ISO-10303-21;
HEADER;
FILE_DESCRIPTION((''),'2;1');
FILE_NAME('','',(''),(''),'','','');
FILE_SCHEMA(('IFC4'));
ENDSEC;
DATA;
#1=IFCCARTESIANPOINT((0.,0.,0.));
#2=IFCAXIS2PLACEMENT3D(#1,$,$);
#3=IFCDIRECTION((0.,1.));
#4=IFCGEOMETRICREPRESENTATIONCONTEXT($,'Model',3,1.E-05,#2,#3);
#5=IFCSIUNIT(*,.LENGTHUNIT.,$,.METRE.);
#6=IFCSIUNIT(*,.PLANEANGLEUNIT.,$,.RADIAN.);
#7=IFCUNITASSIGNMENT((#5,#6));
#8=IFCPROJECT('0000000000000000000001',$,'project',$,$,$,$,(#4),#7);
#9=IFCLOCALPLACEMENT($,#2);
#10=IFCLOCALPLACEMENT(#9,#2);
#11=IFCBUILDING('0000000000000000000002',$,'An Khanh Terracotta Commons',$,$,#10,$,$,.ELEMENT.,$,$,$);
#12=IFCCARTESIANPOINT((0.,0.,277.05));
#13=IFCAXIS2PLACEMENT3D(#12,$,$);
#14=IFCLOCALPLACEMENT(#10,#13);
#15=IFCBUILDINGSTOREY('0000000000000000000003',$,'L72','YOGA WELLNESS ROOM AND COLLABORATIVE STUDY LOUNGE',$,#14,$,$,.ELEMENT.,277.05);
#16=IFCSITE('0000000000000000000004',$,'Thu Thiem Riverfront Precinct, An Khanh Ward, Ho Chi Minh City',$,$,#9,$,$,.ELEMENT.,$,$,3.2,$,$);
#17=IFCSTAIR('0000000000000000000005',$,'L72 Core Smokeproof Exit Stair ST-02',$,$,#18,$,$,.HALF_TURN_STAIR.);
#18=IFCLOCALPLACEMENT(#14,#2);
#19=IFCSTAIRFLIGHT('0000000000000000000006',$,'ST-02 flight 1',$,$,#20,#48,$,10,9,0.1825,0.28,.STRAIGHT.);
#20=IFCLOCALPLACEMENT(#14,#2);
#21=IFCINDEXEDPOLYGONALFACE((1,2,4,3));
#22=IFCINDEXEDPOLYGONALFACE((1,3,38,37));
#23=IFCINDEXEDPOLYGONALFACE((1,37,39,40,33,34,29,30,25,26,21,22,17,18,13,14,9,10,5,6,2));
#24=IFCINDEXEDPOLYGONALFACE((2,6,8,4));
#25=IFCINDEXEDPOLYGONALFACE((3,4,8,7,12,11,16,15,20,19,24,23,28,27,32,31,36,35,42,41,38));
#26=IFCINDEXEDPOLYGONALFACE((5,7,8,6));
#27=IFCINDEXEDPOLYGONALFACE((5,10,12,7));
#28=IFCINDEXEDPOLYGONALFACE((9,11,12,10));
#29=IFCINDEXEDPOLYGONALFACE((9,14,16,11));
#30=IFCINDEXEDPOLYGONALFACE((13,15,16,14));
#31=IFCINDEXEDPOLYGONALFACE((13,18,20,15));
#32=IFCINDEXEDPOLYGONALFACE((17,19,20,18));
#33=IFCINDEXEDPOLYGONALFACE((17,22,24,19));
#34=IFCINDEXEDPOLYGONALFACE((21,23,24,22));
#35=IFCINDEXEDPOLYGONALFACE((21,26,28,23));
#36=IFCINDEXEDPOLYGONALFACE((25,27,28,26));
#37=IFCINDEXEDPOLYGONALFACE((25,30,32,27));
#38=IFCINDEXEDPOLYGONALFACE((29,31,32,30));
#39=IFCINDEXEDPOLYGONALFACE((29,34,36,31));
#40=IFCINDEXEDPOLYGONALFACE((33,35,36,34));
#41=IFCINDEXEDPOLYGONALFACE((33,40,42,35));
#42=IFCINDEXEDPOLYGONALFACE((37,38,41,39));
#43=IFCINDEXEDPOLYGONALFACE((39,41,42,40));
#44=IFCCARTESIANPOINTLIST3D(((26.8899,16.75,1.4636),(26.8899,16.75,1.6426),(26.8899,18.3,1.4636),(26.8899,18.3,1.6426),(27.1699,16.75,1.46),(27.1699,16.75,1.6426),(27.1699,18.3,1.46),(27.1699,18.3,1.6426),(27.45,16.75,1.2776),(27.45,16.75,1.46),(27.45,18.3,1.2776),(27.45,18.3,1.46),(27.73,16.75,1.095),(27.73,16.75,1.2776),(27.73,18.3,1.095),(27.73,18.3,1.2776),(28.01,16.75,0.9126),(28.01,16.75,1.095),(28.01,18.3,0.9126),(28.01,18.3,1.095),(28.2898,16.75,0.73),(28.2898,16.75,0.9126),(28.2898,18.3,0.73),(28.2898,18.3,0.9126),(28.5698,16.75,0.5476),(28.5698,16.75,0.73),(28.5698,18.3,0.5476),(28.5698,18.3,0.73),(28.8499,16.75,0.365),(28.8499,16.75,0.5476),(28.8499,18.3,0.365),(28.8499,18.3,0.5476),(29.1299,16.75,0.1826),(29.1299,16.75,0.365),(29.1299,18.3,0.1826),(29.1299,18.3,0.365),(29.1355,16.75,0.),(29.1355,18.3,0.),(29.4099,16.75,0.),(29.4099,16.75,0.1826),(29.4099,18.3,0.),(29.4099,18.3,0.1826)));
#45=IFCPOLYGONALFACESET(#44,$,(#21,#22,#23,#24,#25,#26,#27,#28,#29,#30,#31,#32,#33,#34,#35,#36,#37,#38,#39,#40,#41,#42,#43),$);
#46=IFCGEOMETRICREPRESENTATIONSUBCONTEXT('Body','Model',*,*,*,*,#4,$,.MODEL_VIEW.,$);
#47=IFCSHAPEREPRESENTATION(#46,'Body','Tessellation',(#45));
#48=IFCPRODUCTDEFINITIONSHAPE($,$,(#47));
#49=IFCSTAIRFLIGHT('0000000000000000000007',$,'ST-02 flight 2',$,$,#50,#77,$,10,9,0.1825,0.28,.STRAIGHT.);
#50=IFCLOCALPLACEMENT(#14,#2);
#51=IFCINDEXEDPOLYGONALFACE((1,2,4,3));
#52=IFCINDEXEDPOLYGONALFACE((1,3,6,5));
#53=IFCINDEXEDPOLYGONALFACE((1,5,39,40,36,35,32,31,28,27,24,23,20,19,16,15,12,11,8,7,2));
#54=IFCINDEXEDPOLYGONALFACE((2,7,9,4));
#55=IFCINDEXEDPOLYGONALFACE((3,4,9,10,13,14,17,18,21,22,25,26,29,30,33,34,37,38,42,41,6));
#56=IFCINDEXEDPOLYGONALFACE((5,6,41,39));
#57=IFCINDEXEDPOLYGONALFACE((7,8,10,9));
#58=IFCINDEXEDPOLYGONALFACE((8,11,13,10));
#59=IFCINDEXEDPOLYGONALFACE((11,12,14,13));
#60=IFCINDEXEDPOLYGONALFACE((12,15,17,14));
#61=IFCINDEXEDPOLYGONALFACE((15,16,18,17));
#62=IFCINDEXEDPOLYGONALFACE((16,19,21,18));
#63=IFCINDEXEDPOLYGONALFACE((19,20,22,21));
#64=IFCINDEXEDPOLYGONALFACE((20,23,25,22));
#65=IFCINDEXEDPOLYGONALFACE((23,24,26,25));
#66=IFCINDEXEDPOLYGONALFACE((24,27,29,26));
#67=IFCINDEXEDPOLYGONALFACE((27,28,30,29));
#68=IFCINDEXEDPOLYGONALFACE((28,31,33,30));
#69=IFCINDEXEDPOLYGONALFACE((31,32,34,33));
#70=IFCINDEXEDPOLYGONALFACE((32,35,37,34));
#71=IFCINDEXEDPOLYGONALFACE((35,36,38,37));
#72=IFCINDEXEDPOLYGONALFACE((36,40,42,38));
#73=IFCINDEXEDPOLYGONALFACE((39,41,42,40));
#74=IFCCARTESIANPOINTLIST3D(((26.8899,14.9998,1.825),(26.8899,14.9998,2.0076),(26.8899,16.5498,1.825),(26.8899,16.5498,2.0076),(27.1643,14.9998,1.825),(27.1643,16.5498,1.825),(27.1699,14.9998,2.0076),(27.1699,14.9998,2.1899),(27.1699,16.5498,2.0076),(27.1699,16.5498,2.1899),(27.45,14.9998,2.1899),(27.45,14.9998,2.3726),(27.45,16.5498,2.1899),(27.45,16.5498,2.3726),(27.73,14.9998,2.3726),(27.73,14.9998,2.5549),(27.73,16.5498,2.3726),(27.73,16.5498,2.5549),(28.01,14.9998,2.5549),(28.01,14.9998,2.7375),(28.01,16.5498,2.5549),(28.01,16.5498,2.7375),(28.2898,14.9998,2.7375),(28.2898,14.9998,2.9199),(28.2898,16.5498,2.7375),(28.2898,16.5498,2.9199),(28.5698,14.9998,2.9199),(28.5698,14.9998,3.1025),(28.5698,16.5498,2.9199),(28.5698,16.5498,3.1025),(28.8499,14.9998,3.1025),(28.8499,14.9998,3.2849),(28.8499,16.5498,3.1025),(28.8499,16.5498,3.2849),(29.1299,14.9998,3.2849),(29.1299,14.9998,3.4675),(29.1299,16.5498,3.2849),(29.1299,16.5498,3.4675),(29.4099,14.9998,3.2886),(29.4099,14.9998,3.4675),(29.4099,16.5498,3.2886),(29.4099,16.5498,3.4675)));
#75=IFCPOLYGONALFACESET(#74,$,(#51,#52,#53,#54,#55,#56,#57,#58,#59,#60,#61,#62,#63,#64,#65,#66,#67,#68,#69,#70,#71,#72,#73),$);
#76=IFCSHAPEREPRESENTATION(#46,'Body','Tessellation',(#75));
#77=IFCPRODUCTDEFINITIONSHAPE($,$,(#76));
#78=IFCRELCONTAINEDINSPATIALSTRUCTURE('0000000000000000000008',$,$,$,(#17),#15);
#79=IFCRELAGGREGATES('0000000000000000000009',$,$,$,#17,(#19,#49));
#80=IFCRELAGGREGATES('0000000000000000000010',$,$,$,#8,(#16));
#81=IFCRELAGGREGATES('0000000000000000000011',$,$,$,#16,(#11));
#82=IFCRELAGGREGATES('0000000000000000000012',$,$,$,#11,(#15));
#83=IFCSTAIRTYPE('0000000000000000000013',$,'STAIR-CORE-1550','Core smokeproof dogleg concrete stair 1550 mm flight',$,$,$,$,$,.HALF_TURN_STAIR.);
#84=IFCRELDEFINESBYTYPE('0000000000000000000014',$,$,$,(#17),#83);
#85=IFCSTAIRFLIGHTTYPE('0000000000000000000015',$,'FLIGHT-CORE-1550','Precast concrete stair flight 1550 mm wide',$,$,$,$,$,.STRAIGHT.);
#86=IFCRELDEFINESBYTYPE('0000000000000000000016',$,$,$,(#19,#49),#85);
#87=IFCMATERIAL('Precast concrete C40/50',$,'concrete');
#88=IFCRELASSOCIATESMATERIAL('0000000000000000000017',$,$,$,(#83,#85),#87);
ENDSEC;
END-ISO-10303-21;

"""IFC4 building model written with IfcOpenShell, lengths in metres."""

from ifc_helpers import new_model, si_unit, direction, frame, origin, place, context, subcontext, project, spatial, polyline, outline, extrude, material, type_object, element, aggregate, save


model = new_model("IFC4")

# Units and contexts
model_context = context("Model", 3, precision=1e-05, world=origin(), true_north=direction((0.0, 1.0)))
body_context = subcontext(model_context, "Body", "Model", "MODEL_VIEW")
ifc_project = project(units=[si_unit("LENGTHUNIT", "METRE"), si_unit("PLANEANGLEUNIT", "RADIAN")], contexts=[model_context])

# Site, building, storey
site_placement = place(None, origin())
site = spatial("IfcSite", under=ifc_project, at=site_placement, Name="Thu Thiem Riverfront Precinct, An Khanh Ward, Ho Chi Minh City", CompositionType="ELEMENT", RefElevation=3.2)
building_placement = place(site_placement, origin())
building = spatial("IfcBuilding", under=site, at=building_placement, Name="An Khanh Terracotta Commons", CompositionType="ELEMENT")
storey_placement = place(building_placement, frame((0.0, 0.0, 277.05)))
storey = spatial("IfcBuildingStorey", under=building, at=storey_placement, Name="L72", Description="YOGA WELLNESS ROOM AND COLLABORATIVE STUDY LOUNGE", CompositionType="ELEMENT", Elevation=277.05)

# Shared definitions
ifc_material_1 = material(Name="Precast concrete C40/50", Category="concrete")

# Stair, stair flights
stair_type = type_object("IfcStairType", Name="STAIR-CORE-1550", Description="Core smokeproof dogleg concrete stair 1550 mm flight", PredefinedType="HALF_TURN_STAIR", material=ifc_material_1)
stair_placement = place(storey_placement, origin())
stair = element("IfcStair", 1, at=stair_placement, inside=storey, type_object=stair_type, Name="L72 Core Smokeproof Exit Stair ST-02", PredefinedType="HALF_TURN_STAIR")
stair_flight_type = type_object("IfcStairFlightType", Name="FLIGHT-CORE-1550", Description="Precast concrete stair flight 1550 mm wide", PredefinedType="STRAIGHT", material=ifc_material_1)
stair_flight_1_placement = place(storey_placement, frame((29.4099, 17.5249, 0.0), z_axis=(0.0, 0.0, 1.0), x_axis=(-1.0, 0.0, 0.0)))
stair_flight_1 = element("IfcStairFlight", 2, at=stair_flight_1_placement, type_object=stair_flight_type, Name="ST-02 flight 1", NumberOfRisers=10, NumberOfTreads=9, PredefinedType="STRAIGHT", RiserHeight=0.1825, TreadLength=0.28, context=body_context, shape_type="SweptSolid", body=[
    extrude(outline(polyline([(0.0, 0.0), (0.0, 0.1826), (0.28, 0.1826), (0.28, 0.365), (0.5601, 0.365), (0.5601, 0.5476), (0.8401, 0.5476), (0.8401, 0.73), (1.1201, 0.73), (1.1201, 0.9126), (1.3999, 0.9126), (1.3999, 1.095), (1.6799, 1.095), (1.6799, 1.2776), (1.96, 1.2776), (1.96, 1.46), (2.24, 1.46), (2.24, 1.6426), (2.52, 1.6426), (2.52, 1.825), (2.52, 1.4636), (0.2744, 0.0), (0.0, 0.0)])), frame((0.0, 0.7749, 0.0), z_axis=(0.0, -1.0, 0.0), x_axis=(1.0, 0.0, 0.0)), (0.0, 0.0, 1.0), 1.55),
])
stair_flight_2_placement = place(storey_placement, frame((26.8899, 15.7749, 1.825), z_axis=(0.0, 0.0, 1.0), x_axis=(1.0, 0.0, 0.0)))
stair_flight_2 = element("IfcStairFlight", 3, at=stair_flight_2_placement, type_object=stair_flight_type, Name="ST-02 flight 2", NumberOfRisers=10, NumberOfTreads=9, PredefinedType="STRAIGHT", RiserHeight=0.1825, TreadLength=0.28, context=body_context, shape_type="SweptSolid", body=[
    extrude(outline(polyline([(0.0, 0.0), (0.0, 0.1826), (0.28, 0.1826), (0.28, 0.365), (0.5601, 0.365), (0.5601, 0.5476), (0.8401, 0.5476), (0.8401, 0.73), (1.1201, 0.73), (1.1201, 0.9126), (1.3999, 0.9126), (1.3999, 1.095), (1.6799, 1.095), (1.6799, 1.2776), (1.96, 1.2776), (1.96, 1.46), (2.24, 1.46), (2.24, 1.6426), (2.52, 1.6426), (2.52, 1.825), (2.52, 1.4636), (0.2744, 0.0), (0.0, 0.0)])), frame((0.0, 0.7749, 0.0), z_axis=(0.0, -1.0, 0.0), x_axis=(1.0, 0.0, 0.0)), (0.0, 0.0, 1.0), 1.55),
])
aggregate(stair, [stair_flight_1, stair_flight_2])

save(model, "model.ifc")
